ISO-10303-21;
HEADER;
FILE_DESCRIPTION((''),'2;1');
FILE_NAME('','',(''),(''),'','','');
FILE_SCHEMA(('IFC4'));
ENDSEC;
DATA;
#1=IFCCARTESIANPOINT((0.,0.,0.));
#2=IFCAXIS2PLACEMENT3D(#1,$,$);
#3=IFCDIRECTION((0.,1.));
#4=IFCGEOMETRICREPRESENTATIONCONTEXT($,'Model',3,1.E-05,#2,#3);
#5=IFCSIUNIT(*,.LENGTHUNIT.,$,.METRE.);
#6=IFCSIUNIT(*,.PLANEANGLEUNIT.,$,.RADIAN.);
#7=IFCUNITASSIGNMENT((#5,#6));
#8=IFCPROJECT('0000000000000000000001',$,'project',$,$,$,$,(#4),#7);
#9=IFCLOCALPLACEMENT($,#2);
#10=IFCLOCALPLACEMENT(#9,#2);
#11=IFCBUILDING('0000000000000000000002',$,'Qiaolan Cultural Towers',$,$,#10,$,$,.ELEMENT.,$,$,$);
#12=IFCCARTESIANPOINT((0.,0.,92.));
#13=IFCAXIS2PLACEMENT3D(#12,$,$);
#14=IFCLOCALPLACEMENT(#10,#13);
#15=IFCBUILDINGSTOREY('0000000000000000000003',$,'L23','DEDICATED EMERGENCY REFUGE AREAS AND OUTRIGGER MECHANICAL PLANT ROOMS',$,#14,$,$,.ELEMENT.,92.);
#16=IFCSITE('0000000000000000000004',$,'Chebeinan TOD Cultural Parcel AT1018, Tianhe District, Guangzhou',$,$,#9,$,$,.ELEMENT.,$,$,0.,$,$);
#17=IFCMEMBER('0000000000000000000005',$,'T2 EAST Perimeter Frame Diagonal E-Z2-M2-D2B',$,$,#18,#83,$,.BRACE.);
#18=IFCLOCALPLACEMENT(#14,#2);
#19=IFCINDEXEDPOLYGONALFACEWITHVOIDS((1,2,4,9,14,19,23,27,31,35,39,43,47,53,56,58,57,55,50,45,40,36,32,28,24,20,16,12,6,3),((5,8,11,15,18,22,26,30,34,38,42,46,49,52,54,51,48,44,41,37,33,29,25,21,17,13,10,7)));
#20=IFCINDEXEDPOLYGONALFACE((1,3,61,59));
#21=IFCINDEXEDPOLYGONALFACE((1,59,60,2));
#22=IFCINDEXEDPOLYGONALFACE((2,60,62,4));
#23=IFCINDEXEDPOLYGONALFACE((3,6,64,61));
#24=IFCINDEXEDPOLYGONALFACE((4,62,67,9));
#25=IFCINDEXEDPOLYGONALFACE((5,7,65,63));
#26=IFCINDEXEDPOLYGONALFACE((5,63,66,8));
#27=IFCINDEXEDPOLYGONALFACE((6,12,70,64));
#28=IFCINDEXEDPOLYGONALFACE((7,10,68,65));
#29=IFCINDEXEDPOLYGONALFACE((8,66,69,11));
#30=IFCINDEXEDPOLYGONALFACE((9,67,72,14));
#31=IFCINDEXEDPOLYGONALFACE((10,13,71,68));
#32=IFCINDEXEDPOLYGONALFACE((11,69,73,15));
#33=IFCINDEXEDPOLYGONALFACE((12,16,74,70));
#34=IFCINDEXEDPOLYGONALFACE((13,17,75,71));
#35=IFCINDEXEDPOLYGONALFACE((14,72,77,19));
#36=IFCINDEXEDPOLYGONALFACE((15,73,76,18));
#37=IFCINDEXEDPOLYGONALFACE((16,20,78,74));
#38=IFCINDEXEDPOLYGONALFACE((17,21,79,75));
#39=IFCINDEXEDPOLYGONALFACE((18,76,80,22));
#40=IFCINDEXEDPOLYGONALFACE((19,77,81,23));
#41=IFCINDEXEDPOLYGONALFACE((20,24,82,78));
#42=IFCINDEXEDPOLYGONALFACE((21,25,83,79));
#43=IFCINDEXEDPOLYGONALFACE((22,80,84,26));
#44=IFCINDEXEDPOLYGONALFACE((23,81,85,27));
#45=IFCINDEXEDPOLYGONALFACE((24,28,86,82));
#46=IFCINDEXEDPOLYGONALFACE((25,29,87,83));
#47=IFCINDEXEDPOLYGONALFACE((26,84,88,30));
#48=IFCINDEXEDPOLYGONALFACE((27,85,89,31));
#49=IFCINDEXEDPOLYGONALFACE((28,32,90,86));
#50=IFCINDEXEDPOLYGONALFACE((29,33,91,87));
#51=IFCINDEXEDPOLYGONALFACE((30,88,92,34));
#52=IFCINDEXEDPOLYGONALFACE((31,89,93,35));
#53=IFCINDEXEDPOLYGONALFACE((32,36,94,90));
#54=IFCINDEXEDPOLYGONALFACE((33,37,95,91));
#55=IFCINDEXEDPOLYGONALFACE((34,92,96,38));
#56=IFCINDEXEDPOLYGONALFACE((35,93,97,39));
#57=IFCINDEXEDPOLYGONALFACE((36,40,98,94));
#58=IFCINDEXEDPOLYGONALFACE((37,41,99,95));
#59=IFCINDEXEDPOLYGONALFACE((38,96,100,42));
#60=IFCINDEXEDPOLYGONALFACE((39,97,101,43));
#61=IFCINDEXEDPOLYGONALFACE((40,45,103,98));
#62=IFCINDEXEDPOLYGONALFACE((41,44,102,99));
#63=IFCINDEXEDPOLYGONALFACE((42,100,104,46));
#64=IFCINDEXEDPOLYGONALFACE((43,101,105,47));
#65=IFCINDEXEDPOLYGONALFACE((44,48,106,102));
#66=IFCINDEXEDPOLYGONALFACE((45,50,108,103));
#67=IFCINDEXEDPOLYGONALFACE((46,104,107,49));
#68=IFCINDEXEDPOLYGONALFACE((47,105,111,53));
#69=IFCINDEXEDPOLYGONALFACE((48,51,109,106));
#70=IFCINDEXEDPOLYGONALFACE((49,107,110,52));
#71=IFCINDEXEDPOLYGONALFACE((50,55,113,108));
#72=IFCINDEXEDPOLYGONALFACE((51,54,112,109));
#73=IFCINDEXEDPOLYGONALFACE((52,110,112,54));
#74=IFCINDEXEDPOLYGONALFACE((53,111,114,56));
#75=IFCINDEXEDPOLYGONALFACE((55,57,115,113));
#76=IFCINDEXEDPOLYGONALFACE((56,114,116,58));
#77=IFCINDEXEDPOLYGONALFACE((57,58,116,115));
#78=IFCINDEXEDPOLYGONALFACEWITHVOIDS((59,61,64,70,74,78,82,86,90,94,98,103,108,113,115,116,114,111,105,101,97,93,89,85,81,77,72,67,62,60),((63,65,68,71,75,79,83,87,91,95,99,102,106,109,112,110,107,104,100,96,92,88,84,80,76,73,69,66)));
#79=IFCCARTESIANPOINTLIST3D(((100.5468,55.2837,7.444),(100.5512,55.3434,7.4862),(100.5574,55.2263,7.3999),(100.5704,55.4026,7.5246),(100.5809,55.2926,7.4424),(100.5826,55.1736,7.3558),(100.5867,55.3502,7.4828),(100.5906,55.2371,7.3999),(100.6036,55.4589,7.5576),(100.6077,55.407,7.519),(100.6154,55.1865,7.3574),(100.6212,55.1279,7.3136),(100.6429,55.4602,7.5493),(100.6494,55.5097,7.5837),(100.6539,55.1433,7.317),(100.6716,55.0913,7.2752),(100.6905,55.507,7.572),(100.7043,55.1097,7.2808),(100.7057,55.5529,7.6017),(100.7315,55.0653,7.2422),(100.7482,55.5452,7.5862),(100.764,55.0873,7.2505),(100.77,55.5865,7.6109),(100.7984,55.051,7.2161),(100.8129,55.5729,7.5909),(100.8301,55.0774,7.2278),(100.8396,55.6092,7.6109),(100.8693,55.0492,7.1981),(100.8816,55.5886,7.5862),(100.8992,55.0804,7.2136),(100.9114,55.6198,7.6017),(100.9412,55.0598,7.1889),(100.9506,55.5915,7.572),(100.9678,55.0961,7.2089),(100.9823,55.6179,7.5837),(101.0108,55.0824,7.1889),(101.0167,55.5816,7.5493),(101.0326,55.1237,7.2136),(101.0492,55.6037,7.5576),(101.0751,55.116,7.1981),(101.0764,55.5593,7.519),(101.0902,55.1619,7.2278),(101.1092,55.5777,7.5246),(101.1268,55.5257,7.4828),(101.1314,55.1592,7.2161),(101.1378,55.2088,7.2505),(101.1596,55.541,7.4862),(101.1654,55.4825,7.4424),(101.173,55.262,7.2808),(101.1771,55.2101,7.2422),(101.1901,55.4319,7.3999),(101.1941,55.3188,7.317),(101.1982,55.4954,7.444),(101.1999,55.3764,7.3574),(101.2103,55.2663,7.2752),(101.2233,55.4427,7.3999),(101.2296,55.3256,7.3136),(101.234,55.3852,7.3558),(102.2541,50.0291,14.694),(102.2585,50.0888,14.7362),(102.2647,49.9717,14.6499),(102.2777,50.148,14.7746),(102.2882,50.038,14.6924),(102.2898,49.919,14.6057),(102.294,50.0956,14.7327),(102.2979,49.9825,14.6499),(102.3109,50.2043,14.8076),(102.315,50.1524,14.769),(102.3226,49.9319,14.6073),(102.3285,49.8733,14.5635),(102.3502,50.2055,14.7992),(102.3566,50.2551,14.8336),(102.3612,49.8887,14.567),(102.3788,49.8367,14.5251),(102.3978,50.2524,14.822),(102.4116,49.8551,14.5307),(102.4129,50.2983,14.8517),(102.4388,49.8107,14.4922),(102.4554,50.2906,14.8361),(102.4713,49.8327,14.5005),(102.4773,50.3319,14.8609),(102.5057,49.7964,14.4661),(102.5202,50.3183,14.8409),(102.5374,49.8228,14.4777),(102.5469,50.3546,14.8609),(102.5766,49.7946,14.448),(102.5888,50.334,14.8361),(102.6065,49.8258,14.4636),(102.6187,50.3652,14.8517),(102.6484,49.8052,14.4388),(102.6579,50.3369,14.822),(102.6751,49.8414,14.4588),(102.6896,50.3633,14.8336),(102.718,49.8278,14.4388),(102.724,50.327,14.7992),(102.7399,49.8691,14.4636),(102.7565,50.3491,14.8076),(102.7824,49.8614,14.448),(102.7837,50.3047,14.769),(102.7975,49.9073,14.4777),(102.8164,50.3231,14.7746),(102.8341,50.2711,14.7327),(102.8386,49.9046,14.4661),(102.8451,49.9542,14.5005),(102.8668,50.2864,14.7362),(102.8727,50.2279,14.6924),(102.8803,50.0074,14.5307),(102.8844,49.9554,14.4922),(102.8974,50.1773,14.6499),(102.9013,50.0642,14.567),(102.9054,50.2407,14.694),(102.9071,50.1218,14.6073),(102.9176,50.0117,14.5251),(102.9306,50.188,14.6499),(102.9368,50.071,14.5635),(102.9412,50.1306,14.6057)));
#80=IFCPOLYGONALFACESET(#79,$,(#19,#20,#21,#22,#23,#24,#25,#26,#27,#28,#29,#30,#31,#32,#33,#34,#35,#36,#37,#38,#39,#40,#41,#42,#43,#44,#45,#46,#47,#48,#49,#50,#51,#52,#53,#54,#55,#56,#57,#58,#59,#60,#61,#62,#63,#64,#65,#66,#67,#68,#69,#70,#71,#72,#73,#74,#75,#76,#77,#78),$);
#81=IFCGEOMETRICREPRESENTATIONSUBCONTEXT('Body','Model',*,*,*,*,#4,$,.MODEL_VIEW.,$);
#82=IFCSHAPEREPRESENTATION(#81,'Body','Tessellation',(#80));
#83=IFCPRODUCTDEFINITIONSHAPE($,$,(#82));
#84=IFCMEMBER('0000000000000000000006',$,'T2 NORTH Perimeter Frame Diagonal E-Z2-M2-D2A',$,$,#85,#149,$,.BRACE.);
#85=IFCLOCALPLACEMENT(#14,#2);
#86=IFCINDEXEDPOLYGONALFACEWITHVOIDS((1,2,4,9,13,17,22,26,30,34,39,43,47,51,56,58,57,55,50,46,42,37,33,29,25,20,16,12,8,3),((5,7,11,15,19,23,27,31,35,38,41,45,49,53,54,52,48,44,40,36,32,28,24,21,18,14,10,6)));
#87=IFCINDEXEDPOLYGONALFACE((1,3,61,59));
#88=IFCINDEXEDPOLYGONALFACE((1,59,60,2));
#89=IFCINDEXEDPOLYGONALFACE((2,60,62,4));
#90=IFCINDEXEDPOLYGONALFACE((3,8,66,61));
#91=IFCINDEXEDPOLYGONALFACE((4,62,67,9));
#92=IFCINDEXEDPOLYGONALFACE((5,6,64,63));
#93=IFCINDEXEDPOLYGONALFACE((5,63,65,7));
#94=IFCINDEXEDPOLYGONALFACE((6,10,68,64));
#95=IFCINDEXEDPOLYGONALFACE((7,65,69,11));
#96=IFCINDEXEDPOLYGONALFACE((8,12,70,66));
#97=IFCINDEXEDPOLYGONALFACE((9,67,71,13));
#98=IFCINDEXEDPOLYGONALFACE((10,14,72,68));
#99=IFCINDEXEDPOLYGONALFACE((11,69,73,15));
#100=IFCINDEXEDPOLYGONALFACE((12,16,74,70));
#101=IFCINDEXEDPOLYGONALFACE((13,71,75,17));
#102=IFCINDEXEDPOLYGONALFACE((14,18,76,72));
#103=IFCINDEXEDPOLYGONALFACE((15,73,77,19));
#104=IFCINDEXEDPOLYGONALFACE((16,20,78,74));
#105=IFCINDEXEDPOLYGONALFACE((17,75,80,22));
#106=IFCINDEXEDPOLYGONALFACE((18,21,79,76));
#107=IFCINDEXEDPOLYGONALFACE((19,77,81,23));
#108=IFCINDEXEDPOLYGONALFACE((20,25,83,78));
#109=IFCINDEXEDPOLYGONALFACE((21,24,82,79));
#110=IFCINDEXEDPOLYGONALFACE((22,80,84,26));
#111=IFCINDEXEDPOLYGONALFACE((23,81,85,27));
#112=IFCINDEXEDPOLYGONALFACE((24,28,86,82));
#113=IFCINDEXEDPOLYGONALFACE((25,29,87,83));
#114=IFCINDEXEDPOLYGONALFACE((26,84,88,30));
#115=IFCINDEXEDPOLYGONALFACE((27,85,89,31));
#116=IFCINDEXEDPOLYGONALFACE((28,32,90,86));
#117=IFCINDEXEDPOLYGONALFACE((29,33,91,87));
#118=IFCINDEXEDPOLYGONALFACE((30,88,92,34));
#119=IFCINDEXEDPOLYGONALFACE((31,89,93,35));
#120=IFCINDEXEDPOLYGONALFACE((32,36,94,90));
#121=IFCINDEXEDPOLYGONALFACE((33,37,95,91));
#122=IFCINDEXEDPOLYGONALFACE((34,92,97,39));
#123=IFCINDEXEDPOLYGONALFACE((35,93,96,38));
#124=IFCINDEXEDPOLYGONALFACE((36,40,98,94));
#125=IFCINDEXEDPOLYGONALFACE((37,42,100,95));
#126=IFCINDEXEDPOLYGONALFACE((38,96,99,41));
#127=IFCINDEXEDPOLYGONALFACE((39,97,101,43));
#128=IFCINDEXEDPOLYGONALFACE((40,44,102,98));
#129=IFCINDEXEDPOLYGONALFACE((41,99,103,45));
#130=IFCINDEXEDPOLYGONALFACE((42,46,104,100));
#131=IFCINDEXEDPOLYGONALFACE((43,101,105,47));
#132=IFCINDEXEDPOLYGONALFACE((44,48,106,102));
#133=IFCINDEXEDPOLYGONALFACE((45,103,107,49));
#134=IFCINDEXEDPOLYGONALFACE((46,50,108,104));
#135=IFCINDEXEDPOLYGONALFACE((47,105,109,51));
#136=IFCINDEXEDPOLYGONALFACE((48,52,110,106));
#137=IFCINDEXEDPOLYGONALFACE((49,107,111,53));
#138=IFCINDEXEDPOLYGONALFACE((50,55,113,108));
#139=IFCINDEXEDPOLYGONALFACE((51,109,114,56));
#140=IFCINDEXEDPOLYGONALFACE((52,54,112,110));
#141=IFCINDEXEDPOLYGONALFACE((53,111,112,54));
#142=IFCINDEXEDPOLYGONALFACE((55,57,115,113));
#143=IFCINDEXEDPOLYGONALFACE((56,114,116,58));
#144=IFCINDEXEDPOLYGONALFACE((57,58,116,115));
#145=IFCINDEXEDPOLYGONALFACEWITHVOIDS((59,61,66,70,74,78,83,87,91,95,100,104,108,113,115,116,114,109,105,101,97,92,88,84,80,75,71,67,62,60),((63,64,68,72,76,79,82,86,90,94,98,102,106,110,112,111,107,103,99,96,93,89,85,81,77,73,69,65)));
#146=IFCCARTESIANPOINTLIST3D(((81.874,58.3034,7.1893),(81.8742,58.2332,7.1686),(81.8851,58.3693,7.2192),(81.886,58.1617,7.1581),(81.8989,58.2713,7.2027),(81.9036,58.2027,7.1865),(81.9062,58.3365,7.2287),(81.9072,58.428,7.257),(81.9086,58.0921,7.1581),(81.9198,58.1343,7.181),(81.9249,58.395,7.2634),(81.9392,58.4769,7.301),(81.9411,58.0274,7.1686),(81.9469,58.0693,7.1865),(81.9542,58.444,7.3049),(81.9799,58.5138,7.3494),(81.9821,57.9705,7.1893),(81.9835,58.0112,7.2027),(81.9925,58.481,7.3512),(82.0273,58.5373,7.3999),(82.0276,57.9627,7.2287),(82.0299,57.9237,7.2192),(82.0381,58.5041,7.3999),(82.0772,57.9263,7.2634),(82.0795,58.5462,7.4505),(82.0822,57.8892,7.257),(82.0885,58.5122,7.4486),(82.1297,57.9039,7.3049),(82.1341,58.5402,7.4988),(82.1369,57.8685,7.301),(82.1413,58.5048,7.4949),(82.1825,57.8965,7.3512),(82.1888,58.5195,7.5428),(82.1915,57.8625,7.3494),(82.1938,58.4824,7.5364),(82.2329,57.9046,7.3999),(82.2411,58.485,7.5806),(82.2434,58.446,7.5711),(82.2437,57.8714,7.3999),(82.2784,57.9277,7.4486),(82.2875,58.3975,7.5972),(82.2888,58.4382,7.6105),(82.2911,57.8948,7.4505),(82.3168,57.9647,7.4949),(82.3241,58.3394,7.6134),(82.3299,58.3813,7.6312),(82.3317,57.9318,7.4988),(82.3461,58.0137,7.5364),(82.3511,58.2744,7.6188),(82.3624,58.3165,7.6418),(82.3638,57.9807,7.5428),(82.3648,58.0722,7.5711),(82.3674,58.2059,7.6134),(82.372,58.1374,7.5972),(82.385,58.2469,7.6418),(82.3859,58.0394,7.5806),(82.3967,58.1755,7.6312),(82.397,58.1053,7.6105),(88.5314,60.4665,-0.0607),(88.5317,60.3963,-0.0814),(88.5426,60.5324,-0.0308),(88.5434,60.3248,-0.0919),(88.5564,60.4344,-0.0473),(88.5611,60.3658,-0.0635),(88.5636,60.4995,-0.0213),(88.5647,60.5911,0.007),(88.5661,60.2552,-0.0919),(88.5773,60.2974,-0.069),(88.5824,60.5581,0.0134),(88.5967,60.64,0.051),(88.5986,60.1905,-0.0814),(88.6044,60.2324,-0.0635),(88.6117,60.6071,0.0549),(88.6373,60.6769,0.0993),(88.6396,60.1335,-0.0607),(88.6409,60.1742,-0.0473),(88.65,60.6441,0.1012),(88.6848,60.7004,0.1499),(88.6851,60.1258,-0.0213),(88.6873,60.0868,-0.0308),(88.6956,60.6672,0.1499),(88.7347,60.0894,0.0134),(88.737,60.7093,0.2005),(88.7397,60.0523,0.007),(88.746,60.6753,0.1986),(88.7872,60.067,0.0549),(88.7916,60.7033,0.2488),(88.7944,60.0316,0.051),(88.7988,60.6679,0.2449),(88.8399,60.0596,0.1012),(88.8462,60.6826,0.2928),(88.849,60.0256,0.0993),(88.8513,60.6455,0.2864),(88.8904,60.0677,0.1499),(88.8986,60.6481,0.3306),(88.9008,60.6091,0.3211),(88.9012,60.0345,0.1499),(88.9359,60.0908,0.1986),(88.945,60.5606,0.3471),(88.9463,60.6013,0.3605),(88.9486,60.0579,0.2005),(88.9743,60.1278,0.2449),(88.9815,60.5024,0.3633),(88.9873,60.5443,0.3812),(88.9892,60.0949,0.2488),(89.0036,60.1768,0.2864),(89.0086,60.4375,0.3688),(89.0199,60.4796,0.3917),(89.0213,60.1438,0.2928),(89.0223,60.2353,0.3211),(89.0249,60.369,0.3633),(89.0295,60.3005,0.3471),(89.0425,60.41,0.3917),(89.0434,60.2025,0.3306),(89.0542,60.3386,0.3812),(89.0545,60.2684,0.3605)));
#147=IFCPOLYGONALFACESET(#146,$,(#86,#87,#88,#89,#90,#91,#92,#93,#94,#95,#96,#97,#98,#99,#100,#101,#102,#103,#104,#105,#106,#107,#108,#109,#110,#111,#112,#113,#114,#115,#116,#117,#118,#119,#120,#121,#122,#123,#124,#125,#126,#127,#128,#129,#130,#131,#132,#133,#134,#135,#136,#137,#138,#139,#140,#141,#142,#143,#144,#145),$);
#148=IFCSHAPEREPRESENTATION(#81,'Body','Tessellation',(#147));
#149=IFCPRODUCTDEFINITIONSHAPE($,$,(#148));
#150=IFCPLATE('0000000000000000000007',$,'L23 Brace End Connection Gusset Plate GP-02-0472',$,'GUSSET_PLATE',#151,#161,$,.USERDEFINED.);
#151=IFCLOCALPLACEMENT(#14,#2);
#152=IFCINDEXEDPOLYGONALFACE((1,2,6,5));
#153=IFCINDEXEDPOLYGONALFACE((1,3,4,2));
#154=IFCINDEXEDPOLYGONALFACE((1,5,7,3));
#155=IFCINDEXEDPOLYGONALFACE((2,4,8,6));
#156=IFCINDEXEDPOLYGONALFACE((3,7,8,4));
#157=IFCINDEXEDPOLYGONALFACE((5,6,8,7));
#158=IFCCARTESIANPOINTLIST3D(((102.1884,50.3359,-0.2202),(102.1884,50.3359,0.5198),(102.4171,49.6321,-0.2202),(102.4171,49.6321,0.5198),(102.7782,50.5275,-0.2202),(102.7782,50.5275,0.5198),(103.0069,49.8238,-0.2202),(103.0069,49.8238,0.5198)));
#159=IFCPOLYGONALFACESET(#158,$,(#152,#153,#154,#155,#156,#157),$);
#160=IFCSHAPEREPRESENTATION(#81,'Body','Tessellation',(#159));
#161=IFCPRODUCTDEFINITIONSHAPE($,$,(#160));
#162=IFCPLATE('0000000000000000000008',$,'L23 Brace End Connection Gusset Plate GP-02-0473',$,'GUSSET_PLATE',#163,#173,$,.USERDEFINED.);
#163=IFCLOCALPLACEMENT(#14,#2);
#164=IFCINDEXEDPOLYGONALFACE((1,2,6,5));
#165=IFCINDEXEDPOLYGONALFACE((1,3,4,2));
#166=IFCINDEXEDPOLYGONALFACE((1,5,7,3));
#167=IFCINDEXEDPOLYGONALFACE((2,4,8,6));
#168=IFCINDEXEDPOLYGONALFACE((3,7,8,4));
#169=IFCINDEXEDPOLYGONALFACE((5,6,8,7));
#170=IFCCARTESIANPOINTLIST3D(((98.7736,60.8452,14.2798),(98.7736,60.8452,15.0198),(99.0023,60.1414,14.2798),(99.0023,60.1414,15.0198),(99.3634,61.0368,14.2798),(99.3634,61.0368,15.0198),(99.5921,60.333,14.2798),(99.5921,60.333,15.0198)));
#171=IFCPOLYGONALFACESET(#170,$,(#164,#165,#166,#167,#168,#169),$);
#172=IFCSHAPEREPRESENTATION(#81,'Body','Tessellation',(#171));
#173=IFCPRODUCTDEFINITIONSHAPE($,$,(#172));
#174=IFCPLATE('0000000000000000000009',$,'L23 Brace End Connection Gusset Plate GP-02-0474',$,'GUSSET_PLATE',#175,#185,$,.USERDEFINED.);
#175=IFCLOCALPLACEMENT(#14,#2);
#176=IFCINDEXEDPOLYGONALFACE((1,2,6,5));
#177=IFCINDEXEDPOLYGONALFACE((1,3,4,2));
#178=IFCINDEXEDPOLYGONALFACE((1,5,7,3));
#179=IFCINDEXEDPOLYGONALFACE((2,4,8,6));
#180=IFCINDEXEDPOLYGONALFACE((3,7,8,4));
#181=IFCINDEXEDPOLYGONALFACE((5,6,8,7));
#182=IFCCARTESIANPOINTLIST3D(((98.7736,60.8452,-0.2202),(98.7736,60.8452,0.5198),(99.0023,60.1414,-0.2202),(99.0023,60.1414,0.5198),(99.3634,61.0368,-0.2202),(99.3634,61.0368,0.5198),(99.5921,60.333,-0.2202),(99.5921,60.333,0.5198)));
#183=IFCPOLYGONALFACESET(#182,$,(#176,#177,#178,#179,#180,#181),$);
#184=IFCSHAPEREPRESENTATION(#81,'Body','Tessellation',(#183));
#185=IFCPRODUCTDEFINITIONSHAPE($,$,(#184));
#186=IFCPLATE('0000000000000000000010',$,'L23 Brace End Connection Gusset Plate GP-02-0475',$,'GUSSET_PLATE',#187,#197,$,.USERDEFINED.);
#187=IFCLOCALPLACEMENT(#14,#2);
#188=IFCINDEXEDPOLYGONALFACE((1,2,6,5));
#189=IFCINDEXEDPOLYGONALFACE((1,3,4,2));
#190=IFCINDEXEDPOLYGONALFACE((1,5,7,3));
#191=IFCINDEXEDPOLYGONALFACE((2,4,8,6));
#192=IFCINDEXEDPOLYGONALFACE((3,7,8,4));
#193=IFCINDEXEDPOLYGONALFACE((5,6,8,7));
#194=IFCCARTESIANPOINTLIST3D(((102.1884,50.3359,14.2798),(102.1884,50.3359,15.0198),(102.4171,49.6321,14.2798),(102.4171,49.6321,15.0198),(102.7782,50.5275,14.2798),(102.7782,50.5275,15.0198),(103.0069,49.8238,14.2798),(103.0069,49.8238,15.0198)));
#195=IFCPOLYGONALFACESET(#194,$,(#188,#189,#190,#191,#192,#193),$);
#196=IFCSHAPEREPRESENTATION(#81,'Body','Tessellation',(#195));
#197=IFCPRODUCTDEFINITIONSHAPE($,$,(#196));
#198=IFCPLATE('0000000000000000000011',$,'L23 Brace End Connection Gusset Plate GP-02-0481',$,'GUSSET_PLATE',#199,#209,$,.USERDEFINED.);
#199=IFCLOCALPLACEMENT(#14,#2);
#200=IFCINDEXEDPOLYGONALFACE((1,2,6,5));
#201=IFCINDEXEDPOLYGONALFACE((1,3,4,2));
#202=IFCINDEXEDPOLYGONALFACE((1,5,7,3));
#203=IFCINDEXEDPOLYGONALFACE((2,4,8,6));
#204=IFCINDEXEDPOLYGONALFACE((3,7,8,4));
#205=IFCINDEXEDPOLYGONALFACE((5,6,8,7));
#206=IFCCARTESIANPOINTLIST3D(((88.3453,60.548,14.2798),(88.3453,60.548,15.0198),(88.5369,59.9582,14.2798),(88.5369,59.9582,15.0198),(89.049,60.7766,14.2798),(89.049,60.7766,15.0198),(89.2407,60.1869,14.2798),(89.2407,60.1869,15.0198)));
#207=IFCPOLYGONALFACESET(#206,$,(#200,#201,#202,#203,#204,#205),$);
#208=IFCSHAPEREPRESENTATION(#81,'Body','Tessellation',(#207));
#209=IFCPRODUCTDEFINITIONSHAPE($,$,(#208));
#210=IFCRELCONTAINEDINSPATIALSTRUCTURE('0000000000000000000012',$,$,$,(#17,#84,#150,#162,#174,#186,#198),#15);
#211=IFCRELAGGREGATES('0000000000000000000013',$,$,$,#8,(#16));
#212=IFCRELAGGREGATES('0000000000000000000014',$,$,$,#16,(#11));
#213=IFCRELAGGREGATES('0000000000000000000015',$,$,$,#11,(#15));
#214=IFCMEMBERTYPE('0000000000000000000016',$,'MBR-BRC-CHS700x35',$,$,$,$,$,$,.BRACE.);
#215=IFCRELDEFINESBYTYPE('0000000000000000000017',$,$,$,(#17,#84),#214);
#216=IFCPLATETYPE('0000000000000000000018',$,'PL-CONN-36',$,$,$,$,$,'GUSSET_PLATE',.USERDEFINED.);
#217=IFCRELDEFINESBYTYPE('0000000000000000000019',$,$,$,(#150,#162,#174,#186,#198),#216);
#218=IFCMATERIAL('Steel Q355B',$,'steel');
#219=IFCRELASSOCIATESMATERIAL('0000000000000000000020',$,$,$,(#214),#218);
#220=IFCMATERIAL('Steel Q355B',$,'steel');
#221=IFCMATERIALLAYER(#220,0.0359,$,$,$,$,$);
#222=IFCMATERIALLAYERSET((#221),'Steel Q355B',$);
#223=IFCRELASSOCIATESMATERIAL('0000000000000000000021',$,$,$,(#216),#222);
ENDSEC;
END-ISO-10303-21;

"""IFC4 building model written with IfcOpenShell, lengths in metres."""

from ifc_helpers import new_model, si_unit, direction, frame, origin, origin_2d, place, context, subcontext, project, spatial, rectangle, hollow_circle, extrude, material, layer, layer_set, material_profile, profile_set, type_object, element, save


model = new_model("IFC4")

# Units and contexts
model_context = context("Model", 3, precision=1e-05, world=origin(), true_north=direction((0.0, 1.0)))
body_context = subcontext(model_context, "Body", "Model", "MODEL_VIEW")
ifc_project = project(units=[si_unit("LENGTHUNIT", "METRE"), si_unit("PLANEANGLEUNIT", "RADIAN")], contexts=[model_context])

# Site, building, storey
site_placement = place(None, origin())
site = spatial("IfcSite", under=ifc_project, at=site_placement, Name="Chebeinan TOD Cultural Parcel AT1018, Tianhe District, Guangzhou", CompositionType="ELEMENT", RefElevation=0.0)
building_placement = place(site_placement, origin())
building = spatial("IfcBuilding", under=site, at=building_placement, Name="Qiaolan Cultural Towers", CompositionType="ELEMENT")
storey_placement = place(building_placement, frame((0.0, 0.0, 92.0)))
storey = spatial("IfcBuildingStorey", under=building, at=storey_placement, Name="L23", Description="DEDICATED EMERGENCY REFUGE AREAS AND OUTRIGGER MECHANICAL PLANT ROOMS", CompositionType="ELEMENT", Elevation=92.0)

# Members
ifc_material_1 = material(Name="Steel Q355B", Category="steel")
ifc_material_profile_1 = material_profile(ifc_material_1, hollow_circle(Radius=0.3501, WallThickness=0.0349, at=origin_2d()), Name="CHS700x35")
ifc_profile_set_1 = profile_set([ifc_material_profile_1], Name="Steel Q355B")
member_type = type_object("IfcMemberType", Name="MBR-BRC-CHS700x35", PredefinedType="BRACE", material=ifc_profile_set_1)
for number, where, z_axis, x_axis, name in (
    (1, (100.8904, 55.3345, 7.3999), (0.187298, -0.576464, 0.795367), (0.95106, 0.309007, 0.0), "T2 EAST Perimeter Frame Diagonal E-Z2-M2-D2B"),
):
    element("IfcMember", number, at=place(storey_placement, frame(where, z_axis=z_axis, x_axis=x_axis)), inside=storey, type_object=member_type, Name=name, PredefinedType="BRACE", context=body_context, shape_type="SweptSolid", body=[
        extrude(hollow_circle(Radius=0.3501, WallThickness=0.0349, at=origin_2d()), origin(), (0.0, 0.0, 1.0), 9.1152),
    ])
member_placement = place(storey_placement, frame((88.793, 60.3674, 0.1499), z_axis=(-0.660603, -0.214637, 0.719398), x_axis=(0.30901, -0.951059, 0.0)))
element("IfcMember", 2, at=member_placement, inside=storey, type_object=member_type, Name="T2 NORTH Perimeter Frame Diagonal E-Z2-M2-D2A", PredefinedType="BRACE", context=body_context, shape_type="SweptSolid", body=[
    extrude(hollow_circle(Radius=0.3501, WallThickness=0.0349, at=origin_2d()), origin(), (0.0, 0.0, 1.0), 10.0779),
])

# Plates
ifc_material_2 = material(Name="Steel Q355B", Category="steel")
ifc_layer_1 = layer(ifc_material_2, 0.0359)
ifc_layer_set_1 = layer_set([ifc_layer_1], Name="Steel Q355B")
plate_type_1 = type_object("IfcPlateType", Name="PL-CONN-36", ElementType="GUSSET_PLATE", PredefinedType="USERDEFINED", material=ifc_layer_set_1)
for number, where, z_axis, x_axis, name in (
    (3, (102.5977, 50.0798, -0.2202), (0.0, 0.0, 1.0), (-0.309017, 0.951057, 0.0), "L23 Brace End Connection Gusset Plate GP-02-0472"),
    (4, (99.1829, 60.5891, 14.2798), (0.0, 0.0, 1.0), (-0.309017, 0.951057, 0.0), "L23 Brace End Connection Gusset Plate GP-02-0473"),
    (5, (99.1829, 60.5891, -0.2202), (0.0, 0.0, 1.0), (-0.309017, 0.951057, 0.0), "L23 Brace End Connection Gusset Plate GP-02-0474"),
    (6, (102.5977, 50.0798, 14.2798), (0.0, 0.0, 1.0), (-0.309017, 0.951057, 0.0), "L23 Brace End Connection Gusset Plate GP-02-0475"),
    (7, (88.793, 60.3674, 14.2798), (0.0, 0.0, 1.0), (0.951057, 0.309017, 0.0), "L23 Brace End Connection Gusset Plate GP-02-0481"),
):
    element("IfcPlate", number, at=place(storey_placement, frame(where, z_axis=z_axis, x_axis=x_axis)), inside=storey, type_object=plate_type_1, Name=name, ObjectType="GUSSET_PLATE", PredefinedType="USERDEFINED", context=body_context, shape_type="SweptSolid", body=[
        extrude(rectangle(XDim=0.74, YDim=0.6201, at=origin_2d()), origin(), (0.0, 0.0, 1.0), 0.74),
    ])

save(model, "model.ifc")
